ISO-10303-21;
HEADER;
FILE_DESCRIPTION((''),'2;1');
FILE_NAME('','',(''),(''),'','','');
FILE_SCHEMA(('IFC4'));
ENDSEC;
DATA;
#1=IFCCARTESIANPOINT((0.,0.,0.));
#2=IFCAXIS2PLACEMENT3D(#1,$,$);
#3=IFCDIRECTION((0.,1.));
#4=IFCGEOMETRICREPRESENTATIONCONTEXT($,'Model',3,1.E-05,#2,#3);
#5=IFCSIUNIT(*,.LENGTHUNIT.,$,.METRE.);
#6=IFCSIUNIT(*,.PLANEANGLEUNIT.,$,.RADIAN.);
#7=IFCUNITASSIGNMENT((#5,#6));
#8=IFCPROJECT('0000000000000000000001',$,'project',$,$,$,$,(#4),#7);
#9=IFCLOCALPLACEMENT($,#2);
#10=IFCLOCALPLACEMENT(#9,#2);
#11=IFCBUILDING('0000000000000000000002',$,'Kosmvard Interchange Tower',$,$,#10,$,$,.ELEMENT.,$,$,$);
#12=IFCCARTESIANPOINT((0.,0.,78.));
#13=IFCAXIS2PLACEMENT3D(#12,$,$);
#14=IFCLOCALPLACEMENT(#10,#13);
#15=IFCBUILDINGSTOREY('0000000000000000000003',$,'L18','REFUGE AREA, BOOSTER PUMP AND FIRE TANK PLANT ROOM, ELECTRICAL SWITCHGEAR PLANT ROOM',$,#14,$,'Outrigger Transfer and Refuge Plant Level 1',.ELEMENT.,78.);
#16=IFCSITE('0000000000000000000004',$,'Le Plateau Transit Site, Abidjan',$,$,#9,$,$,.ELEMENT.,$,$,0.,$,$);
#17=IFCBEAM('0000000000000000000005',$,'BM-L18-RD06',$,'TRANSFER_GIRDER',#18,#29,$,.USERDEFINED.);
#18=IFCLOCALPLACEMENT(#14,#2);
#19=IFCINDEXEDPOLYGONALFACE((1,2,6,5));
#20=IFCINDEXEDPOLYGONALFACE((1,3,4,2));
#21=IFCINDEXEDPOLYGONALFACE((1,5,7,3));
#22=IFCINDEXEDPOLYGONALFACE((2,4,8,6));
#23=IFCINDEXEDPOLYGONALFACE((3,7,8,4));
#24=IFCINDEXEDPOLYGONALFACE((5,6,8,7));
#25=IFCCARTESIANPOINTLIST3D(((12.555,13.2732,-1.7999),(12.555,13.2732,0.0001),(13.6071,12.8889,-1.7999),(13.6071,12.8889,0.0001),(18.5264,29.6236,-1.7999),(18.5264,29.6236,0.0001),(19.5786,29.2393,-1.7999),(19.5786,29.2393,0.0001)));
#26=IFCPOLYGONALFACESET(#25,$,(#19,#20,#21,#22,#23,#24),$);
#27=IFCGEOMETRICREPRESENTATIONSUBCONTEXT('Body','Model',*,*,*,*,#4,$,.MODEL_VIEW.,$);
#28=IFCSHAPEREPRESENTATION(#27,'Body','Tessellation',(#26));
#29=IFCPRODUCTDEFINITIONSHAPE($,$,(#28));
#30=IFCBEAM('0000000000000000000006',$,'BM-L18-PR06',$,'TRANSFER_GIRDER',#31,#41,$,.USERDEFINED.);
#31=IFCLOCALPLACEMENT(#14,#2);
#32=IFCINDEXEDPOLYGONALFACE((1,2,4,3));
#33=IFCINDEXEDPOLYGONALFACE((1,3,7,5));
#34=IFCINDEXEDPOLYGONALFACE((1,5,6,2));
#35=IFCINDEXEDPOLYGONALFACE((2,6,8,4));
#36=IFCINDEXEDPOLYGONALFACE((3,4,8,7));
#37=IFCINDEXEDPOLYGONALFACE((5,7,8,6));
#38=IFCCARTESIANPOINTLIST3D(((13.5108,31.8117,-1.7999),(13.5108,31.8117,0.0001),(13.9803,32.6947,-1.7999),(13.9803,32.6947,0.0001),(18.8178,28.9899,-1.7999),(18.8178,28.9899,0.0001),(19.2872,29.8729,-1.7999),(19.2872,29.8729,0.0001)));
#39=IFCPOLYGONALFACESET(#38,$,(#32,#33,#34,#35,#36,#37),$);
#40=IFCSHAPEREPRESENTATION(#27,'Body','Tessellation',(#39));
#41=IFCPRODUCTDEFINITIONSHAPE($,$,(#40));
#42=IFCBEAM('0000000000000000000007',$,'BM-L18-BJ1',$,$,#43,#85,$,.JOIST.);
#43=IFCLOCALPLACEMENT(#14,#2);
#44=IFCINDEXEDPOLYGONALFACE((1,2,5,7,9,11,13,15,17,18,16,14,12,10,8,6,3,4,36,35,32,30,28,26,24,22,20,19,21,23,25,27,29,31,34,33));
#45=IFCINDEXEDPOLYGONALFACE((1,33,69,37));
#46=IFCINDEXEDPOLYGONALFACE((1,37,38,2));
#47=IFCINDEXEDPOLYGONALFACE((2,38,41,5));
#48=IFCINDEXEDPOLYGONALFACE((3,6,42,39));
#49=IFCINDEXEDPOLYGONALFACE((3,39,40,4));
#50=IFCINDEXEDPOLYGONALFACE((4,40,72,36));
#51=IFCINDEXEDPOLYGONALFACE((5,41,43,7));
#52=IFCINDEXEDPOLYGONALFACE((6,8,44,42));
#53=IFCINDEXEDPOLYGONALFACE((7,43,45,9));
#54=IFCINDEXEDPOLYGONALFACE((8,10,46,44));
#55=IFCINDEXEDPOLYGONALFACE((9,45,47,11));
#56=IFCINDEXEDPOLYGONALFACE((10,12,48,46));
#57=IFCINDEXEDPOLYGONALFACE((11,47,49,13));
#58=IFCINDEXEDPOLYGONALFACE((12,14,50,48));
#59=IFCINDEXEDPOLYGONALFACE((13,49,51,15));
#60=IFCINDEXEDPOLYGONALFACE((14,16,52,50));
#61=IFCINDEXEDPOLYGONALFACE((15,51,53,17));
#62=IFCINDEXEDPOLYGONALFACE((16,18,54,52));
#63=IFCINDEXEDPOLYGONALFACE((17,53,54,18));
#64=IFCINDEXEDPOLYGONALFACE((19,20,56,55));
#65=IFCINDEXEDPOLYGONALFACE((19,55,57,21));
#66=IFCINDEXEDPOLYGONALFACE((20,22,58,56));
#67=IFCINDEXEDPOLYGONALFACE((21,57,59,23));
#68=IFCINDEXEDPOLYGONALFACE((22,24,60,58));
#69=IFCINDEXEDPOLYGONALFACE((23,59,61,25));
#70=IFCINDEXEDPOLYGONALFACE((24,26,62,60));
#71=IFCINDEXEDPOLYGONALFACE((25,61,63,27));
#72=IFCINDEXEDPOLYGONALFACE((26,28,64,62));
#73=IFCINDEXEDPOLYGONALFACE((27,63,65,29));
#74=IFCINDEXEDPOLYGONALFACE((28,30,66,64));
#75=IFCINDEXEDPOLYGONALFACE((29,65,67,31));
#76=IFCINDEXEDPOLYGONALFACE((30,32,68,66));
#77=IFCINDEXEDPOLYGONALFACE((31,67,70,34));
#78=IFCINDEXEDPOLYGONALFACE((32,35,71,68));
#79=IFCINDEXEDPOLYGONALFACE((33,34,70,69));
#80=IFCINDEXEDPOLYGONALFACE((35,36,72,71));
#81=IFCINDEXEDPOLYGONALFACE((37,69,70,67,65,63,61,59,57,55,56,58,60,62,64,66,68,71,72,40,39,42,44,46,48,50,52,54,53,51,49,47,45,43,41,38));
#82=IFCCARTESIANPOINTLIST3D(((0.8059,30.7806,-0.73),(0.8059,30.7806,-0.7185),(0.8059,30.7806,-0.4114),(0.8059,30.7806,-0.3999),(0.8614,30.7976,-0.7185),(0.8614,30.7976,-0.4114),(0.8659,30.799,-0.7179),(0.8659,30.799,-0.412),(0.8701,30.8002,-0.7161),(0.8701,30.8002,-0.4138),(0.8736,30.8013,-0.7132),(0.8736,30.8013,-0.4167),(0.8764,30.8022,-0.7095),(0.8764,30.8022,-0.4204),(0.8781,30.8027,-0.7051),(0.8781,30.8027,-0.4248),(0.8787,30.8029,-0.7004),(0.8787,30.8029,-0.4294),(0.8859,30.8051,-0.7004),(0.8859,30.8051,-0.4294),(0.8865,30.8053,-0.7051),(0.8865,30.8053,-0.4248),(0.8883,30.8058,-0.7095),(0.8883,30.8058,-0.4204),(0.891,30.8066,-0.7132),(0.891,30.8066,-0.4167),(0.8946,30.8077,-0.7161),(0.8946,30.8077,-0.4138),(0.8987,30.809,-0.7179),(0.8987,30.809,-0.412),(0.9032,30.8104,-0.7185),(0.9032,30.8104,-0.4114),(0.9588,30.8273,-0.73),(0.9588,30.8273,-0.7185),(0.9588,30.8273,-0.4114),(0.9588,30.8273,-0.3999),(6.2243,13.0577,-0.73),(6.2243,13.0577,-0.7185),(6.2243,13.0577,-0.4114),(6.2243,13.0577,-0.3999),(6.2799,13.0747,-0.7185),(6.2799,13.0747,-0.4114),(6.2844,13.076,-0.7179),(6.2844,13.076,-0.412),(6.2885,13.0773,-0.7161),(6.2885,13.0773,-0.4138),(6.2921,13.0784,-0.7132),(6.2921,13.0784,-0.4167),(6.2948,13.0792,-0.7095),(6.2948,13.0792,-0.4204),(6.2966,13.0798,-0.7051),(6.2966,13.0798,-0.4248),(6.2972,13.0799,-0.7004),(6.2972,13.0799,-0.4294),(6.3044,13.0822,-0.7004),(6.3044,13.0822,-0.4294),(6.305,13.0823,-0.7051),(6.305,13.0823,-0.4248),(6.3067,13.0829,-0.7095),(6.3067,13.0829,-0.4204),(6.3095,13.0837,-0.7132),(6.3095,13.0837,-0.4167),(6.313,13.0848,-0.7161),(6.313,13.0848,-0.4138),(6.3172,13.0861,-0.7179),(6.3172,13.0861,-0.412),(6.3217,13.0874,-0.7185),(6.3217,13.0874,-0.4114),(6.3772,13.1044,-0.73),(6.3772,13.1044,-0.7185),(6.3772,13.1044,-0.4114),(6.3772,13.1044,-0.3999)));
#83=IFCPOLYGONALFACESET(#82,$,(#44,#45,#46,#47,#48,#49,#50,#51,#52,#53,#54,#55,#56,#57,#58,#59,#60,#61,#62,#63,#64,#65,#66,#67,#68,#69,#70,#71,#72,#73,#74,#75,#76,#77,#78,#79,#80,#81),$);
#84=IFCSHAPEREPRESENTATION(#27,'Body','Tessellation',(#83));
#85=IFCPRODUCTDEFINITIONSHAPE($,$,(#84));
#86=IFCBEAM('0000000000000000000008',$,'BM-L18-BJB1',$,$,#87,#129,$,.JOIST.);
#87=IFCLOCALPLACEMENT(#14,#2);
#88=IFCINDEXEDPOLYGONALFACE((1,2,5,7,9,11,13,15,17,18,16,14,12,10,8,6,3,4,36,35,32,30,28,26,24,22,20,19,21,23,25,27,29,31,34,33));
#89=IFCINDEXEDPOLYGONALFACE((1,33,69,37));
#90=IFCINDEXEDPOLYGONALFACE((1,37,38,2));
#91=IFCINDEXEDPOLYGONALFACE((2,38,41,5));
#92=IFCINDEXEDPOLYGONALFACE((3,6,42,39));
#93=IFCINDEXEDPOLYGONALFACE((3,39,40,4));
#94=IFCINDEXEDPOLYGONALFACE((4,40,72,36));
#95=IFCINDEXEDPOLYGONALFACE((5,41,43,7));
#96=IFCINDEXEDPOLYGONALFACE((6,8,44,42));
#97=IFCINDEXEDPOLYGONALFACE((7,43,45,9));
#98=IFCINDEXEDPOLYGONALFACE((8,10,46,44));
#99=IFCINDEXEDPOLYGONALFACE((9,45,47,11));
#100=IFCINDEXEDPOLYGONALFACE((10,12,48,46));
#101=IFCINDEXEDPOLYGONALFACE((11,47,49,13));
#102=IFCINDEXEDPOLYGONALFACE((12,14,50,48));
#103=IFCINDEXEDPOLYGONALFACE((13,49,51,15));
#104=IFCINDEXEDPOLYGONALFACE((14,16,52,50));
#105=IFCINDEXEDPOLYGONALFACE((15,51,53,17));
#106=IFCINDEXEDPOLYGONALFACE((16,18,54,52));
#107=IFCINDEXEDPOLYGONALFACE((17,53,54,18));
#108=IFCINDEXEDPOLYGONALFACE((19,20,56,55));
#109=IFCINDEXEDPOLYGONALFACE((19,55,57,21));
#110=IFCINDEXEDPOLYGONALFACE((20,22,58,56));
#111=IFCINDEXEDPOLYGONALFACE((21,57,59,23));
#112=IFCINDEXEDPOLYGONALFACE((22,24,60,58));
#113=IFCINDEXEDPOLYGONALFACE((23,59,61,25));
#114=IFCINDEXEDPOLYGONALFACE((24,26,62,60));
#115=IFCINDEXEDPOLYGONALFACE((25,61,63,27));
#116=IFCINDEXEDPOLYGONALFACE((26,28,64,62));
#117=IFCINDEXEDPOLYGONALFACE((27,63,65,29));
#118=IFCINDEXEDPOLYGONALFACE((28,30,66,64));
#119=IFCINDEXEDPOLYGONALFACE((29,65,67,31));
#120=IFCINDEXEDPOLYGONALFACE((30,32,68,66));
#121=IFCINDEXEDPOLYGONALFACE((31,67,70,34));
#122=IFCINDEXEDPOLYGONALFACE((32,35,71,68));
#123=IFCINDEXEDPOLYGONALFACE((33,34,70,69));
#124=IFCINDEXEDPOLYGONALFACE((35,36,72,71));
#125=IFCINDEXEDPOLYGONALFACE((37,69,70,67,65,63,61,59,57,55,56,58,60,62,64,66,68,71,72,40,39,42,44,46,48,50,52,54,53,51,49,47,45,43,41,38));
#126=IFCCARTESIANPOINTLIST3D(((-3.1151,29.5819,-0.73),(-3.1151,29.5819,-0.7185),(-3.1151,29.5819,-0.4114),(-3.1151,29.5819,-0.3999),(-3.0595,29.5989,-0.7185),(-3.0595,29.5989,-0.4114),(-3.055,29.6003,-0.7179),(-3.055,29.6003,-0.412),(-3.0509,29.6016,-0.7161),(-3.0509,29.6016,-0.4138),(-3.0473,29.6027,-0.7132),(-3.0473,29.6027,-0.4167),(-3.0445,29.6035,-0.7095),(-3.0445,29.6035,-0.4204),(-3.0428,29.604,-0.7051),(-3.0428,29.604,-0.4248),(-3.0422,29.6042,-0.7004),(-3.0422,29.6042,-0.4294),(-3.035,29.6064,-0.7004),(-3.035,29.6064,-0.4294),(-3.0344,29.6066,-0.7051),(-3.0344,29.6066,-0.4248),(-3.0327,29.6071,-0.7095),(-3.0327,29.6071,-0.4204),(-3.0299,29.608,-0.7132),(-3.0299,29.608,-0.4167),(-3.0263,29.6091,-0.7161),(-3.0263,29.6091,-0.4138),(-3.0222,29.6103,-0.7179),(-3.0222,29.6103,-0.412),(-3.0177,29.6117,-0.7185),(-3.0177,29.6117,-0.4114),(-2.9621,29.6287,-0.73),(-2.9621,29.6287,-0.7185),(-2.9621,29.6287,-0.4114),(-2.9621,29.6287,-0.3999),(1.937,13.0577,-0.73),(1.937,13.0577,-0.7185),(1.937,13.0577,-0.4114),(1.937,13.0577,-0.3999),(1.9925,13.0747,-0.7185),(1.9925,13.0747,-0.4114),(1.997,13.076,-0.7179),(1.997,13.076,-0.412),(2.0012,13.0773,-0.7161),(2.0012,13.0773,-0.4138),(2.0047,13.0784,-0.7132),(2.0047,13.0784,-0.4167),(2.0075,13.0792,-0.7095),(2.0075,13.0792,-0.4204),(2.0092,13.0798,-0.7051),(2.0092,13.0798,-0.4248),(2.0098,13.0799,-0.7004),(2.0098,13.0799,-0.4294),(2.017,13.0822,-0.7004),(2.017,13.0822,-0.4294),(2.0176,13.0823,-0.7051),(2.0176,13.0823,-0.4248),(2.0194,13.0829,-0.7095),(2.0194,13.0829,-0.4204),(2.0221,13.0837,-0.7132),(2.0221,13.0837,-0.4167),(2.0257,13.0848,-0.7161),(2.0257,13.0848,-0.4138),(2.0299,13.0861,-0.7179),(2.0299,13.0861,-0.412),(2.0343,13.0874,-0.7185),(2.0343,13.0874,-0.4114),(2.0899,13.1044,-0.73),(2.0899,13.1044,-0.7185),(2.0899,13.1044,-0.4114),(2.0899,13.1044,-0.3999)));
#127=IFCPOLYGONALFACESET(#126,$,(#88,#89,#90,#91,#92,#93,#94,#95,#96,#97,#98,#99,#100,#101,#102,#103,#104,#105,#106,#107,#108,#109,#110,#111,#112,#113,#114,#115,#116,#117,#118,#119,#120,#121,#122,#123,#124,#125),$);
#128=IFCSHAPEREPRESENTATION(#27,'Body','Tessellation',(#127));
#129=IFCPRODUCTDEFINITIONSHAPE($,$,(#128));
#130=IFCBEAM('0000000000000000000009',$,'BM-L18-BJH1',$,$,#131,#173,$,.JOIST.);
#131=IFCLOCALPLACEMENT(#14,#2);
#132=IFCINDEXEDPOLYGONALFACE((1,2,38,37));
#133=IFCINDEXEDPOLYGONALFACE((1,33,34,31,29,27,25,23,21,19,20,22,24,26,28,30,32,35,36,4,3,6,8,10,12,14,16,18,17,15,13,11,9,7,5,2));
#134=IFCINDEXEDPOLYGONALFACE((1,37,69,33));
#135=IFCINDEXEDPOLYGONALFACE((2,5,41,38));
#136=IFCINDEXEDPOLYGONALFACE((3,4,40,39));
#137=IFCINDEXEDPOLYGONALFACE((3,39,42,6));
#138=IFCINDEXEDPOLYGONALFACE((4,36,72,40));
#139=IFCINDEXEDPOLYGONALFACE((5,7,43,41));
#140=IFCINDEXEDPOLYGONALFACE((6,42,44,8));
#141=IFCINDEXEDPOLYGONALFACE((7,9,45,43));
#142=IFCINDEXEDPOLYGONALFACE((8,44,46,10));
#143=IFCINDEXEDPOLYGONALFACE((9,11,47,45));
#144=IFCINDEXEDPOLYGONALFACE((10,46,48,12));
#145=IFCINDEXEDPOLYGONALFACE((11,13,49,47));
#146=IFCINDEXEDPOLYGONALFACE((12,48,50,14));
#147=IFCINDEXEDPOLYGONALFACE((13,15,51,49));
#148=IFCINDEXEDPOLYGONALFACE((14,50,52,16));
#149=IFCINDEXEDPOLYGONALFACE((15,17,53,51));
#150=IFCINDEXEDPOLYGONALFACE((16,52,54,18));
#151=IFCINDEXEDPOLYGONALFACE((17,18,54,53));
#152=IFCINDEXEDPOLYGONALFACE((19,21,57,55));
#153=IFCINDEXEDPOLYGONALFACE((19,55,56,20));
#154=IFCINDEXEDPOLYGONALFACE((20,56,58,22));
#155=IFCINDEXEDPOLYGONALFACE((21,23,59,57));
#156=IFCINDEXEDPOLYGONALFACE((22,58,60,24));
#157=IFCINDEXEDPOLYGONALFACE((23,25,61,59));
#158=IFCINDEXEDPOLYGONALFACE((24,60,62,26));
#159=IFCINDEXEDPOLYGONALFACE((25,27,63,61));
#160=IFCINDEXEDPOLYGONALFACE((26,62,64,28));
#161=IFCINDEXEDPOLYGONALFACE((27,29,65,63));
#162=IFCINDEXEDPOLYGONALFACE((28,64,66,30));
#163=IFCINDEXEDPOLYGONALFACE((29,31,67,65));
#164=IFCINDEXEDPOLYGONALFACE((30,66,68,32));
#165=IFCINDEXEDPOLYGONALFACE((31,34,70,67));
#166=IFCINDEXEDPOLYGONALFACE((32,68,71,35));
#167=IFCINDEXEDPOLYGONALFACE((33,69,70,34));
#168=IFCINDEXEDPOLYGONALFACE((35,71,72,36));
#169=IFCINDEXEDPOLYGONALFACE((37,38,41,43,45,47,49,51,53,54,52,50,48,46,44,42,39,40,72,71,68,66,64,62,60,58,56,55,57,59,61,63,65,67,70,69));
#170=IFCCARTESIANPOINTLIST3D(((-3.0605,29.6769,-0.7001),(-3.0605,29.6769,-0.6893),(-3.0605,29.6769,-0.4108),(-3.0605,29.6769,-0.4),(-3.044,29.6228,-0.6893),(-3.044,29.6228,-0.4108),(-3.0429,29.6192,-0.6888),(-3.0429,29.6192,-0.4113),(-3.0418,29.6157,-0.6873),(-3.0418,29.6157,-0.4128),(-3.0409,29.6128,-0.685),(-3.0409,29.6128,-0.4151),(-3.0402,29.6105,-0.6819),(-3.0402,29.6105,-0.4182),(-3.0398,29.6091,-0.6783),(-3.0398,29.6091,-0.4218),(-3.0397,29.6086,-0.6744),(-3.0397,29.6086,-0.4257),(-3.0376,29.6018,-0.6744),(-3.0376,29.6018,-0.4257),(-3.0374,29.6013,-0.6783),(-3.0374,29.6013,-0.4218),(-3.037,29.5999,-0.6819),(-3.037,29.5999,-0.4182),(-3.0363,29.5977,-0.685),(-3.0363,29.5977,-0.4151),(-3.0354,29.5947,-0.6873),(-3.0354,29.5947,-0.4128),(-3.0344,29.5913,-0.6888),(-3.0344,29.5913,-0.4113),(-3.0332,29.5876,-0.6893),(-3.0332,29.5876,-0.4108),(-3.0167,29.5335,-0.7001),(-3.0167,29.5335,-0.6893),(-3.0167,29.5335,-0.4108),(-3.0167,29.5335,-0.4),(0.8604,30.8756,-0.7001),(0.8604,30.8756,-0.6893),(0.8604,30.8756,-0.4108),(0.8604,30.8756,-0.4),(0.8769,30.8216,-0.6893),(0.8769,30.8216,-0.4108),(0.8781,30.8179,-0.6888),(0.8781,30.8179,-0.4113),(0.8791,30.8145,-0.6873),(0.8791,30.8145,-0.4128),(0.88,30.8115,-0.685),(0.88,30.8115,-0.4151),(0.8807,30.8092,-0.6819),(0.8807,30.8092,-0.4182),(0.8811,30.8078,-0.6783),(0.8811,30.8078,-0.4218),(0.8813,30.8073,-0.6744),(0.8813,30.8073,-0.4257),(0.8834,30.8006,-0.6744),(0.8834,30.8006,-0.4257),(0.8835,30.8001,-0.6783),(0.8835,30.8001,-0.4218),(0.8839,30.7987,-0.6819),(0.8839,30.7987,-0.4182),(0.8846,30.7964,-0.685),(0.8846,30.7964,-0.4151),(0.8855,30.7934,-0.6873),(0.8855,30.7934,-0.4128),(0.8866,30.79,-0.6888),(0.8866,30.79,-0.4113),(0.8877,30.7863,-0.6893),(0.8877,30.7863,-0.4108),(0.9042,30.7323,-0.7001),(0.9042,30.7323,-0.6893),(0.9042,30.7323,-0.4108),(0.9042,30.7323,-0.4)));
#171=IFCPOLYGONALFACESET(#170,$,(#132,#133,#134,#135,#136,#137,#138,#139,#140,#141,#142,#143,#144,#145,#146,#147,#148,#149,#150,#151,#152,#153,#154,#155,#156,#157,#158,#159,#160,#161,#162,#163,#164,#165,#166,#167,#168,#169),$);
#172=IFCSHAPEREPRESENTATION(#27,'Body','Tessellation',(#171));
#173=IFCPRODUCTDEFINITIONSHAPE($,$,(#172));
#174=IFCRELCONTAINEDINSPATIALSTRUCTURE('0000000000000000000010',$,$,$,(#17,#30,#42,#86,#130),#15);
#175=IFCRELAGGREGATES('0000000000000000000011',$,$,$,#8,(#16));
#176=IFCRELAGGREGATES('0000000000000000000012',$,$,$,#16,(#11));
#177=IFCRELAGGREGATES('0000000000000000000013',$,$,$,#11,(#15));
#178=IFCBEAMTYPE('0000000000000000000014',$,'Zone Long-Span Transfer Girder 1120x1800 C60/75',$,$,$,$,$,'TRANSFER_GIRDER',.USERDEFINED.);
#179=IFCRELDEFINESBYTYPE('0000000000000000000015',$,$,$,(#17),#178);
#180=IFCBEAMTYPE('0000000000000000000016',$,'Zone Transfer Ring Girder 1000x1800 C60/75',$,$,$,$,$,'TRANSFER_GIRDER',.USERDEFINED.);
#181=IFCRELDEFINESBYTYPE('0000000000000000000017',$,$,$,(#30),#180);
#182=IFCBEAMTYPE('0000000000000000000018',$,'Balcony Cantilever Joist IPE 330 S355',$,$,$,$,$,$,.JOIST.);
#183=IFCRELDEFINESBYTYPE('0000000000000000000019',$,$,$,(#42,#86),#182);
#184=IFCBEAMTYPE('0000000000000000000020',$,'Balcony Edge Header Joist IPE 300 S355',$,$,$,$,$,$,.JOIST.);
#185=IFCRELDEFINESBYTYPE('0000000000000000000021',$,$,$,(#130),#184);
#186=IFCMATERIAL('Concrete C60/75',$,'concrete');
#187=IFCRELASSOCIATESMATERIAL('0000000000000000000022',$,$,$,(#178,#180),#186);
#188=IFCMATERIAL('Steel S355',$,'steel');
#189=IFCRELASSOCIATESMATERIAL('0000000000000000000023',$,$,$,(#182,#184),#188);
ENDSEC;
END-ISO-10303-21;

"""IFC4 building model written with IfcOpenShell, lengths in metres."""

from ifc_helpers import new_model, si_unit, direction, frame, origin, origin_2d, place, context, subcontext, project, spatial, rectangle, i_section, extrude, source, transform, mapped, material, material_profile, profile_set, type_object, element, save


model = new_model("IFC4")

# Units and contexts
model_context = context("Model", 3, precision=1e-05, world=origin(), true_north=direction((0.0, 1.0)))
body_context = subcontext(model_context, "Body", "Model", "MODEL_VIEW")
ifc_project = project(units=[si_unit("LENGTHUNIT", "METRE"), si_unit("PLANEANGLEUNIT", "RADIAN")], contexts=[model_context])

# Site, building, storey
site_placement = place(None, origin())
site = spatial("IfcSite", under=ifc_project, at=site_placement, Name="Le Plateau Transit Site, Abidjan", CompositionType="ELEMENT", RefElevation=0.0)
building_placement = place(site_placement, origin())
building = spatial("IfcBuilding", under=site, at=building_placement, Name="Kosmvard Interchange Tower", CompositionType="ELEMENT")
storey_placement = place(building_placement, frame((0.0, 0.0, 78.0)))
storey = spatial("IfcBuildingStorey", under=building, at=storey_placement, Name="L18", Description="REFUGE AREA, BOOSTER PUMP AND FIRE TANK PLANT ROOM, ELECTRICAL SWITCHGEAR PLANT ROOM", LongName="Outrigger Transfer and Refuge Plant Level 1", CompositionType="ELEMENT", Elevation=78.0)

# Shared definitions
ifc_material_1 = material(Name="Concrete C60/75", Category="concrete")

# Beams
ifc_material_profile_1 = material_profile(ifc_material_1, rectangle(XDim=1.1201, YDim=1.8, at=origin_2d()), Name="TG 1120x1800")
ifc_profile_set_1 = profile_set([ifc_material_profile_1], Name="Concrete C60/75")
beam_type_1 = type_object("IfcBeamType", Name="Zone Long-Span Transfer Girder 1120x1800 C60/75", ElementType="TRANSFER_GIRDER", PredefinedType="USERDEFINED", material=ifc_profile_set_1)
ifc_material_profile_2 = material_profile(ifc_material_1, rectangle(XDim=1.0, YDim=1.8, at=origin_2d()), Name="TG 1000x1800")
ifc_profile_set_2 = profile_set([ifc_material_profile_2], Name="Concrete C60/75")
beam_type_2 = type_object("IfcBeamType", Name="Zone Transfer Ring Girder 1000x1800 C60/75", ElementType="TRANSFER_GIRDER", PredefinedType="USERDEFINED", material=ifc_profile_set_2)
shared_shape_1 = source(origin(), body_context, "Body", "SweptSolid", [
    extrude(rectangle(XDim=1.1201, YDim=1.8, at=origin_2d()), origin(), (0.0, 0.0, 1.0), 17.4067),
])
beam_1_placement = place(storey_placement, frame((13.0811, 13.0811, -0.8999), z_axis=(0.343055, 0.939315, 0.0), x_axis=(-0.939315, 0.343055, 0.0)))
element("IfcBeam", 1, at=beam_1_placement, inside=storey, type_object=beam_type_1, Name="BM-L18-RD06", ObjectType="TRANSFER_GIRDER", PredefinedType="USERDEFINED", context=body_context, shape_type="MappedRepresentation", body=[
    mapped(shared_shape_1, transform((0.0, 0.0, 0.0), scale=1.0)),
])
shared_shape_2 = source(origin(), body_context, "Body", "SweptSolid", [
    extrude(rectangle(XDim=1.0, YDim=1.8, at=origin_2d()), origin(), (0.0, 0.0, 1.0), 6.0105),
])
beam_2_placement = place(storey_placement, frame((19.0525, 29.4314, -0.8999), z_axis=(-0.882944, 0.469479, 0.0), x_axis=(-0.469479, -0.882944, 0.0)))
element("IfcBeam", 2, at=beam_2_placement, inside=storey, type_object=beam_type_2, Name="BM-L18-PR06", ObjectType="TRANSFER_GIRDER", PredefinedType="USERDEFINED", context=body_context, shape_type="MappedRepresentation", body=[
    mapped(shared_shape_2, transform((0.0, 0.0, 0.0), scale=1.0)),
])
ifc_material_2 = material(Name="Steel S355", Category="steel")
ifc_material_profile_3 = material_profile(ifc_material_2, i_section(OverallWidth=0.1599, OverallDepth=0.3301, WebThickness=0.0076, FlangeThickness=0.0115, FilletRadius=0.0181, at=origin_2d()), Name="IPE 330")
ifc_profile_set_3 = profile_set([ifc_material_profile_3], Name="Steel S355")
beam_type_3 = type_object("IfcBeamType", Name="Balcony Cantilever Joist IPE 330 S355", PredefinedType="JOIST", material=ifc_profile_set_3)
shared_shape_3 = source(origin(), body_context, "Body", "SweptSolid", [
    extrude(i_section(OverallWidth=0.1599, OverallDepth=0.3301, WebThickness=0.0076, FlangeThickness=0.0115, FilletRadius=0.0181, at=origin_2d()), origin(), (0.0, 0.0, 1.0), 18.5327),
])
beam_3_placement = place(storey_placement, frame((6.3008, 13.0811, -0.5649), z_axis=(-0.292373, 0.956304, 0.0), x_axis=(-0.956304, -0.292373, 0.0)))
element("IfcBeam", 3, at=beam_3_placement, inside=storey, type_object=beam_type_3, Name="BM-L18-BJ1", PredefinedType="JOIST", context=body_context, shape_type="MappedRepresentation", body=[
    mapped(shared_shape_3, transform((0.0, 0.0, 0.0), scale=1.0)),
])
shared_shape_4 = source(origin(), body_context, "Body", "SweptSolid", [
    extrude(i_section(OverallWidth=0.1599, OverallDepth=0.3301, WebThickness=0.0076, FlangeThickness=0.0115, FilletRadius=0.0181, at=origin_2d()), origin(), (0.0, 0.0, 1.0), 17.2793),
])
beam_4_placement = place(storey_placement, frame((2.0134, 13.0811, -0.5649), z_axis=(-0.292375, 0.956304, 0.0), x_axis=(-0.956304, -0.292375, 0.0)))
element("IfcBeam", 4, at=beam_4_placement, inside=storey, type_object=beam_type_3, Name="BM-L18-BJB1", PredefinedType="JOIST", context=body_context, shape_type="MappedRepresentation", body=[
    mapped(shared_shape_4, transform((0.0, 0.0, 0.0), scale=1.0)),
])
ifc_material_profile_4 = material_profile(ifc_material_2, i_section(OverallWidth=0.1499, OverallDepth=0.3, WebThickness=0.0071, FlangeThickness=0.0107, FilletRadius=0.0149, at=origin_2d()), Name="IPE 300")
ifc_profile_set_4 = profile_set([ifc_material_profile_4], Name="Steel S355")
beam_type_4 = type_object("IfcBeamType", Name="Balcony Edge Header Joist IPE 300 S355", PredefinedType="JOIST", material=ifc_profile_set_4)
shared_shape_5 = source(origin(), body_context, "Body", "SweptSolid", [
    extrude(i_section(OverallWidth=0.1499, OverallDepth=0.3, WebThickness=0.0071, FlangeThickness=0.0107, FilletRadius=0.0149, at=origin_2d()), origin(), (0.0, 0.0, 1.0), 4.1001),
])
beam_5_placement = place(storey_placement, frame((0.8823, 30.804, -0.55), z_axis=(-0.956305, -0.29237, 0.0), x_axis=(0.29237, -0.956305, 0.0)))
element("IfcBeam", 5, at=beam_5_placement, inside=storey, type_object=beam_type_4, Name="BM-L18-BJH1", PredefinedType="JOIST", context=body_context, shape_type="MappedRepresentation", body=[
    mapped(shared_shape_5, transform((0.0, 0.0, 0.0), scale=1.0)),
])

save(model, "model.ifc")
